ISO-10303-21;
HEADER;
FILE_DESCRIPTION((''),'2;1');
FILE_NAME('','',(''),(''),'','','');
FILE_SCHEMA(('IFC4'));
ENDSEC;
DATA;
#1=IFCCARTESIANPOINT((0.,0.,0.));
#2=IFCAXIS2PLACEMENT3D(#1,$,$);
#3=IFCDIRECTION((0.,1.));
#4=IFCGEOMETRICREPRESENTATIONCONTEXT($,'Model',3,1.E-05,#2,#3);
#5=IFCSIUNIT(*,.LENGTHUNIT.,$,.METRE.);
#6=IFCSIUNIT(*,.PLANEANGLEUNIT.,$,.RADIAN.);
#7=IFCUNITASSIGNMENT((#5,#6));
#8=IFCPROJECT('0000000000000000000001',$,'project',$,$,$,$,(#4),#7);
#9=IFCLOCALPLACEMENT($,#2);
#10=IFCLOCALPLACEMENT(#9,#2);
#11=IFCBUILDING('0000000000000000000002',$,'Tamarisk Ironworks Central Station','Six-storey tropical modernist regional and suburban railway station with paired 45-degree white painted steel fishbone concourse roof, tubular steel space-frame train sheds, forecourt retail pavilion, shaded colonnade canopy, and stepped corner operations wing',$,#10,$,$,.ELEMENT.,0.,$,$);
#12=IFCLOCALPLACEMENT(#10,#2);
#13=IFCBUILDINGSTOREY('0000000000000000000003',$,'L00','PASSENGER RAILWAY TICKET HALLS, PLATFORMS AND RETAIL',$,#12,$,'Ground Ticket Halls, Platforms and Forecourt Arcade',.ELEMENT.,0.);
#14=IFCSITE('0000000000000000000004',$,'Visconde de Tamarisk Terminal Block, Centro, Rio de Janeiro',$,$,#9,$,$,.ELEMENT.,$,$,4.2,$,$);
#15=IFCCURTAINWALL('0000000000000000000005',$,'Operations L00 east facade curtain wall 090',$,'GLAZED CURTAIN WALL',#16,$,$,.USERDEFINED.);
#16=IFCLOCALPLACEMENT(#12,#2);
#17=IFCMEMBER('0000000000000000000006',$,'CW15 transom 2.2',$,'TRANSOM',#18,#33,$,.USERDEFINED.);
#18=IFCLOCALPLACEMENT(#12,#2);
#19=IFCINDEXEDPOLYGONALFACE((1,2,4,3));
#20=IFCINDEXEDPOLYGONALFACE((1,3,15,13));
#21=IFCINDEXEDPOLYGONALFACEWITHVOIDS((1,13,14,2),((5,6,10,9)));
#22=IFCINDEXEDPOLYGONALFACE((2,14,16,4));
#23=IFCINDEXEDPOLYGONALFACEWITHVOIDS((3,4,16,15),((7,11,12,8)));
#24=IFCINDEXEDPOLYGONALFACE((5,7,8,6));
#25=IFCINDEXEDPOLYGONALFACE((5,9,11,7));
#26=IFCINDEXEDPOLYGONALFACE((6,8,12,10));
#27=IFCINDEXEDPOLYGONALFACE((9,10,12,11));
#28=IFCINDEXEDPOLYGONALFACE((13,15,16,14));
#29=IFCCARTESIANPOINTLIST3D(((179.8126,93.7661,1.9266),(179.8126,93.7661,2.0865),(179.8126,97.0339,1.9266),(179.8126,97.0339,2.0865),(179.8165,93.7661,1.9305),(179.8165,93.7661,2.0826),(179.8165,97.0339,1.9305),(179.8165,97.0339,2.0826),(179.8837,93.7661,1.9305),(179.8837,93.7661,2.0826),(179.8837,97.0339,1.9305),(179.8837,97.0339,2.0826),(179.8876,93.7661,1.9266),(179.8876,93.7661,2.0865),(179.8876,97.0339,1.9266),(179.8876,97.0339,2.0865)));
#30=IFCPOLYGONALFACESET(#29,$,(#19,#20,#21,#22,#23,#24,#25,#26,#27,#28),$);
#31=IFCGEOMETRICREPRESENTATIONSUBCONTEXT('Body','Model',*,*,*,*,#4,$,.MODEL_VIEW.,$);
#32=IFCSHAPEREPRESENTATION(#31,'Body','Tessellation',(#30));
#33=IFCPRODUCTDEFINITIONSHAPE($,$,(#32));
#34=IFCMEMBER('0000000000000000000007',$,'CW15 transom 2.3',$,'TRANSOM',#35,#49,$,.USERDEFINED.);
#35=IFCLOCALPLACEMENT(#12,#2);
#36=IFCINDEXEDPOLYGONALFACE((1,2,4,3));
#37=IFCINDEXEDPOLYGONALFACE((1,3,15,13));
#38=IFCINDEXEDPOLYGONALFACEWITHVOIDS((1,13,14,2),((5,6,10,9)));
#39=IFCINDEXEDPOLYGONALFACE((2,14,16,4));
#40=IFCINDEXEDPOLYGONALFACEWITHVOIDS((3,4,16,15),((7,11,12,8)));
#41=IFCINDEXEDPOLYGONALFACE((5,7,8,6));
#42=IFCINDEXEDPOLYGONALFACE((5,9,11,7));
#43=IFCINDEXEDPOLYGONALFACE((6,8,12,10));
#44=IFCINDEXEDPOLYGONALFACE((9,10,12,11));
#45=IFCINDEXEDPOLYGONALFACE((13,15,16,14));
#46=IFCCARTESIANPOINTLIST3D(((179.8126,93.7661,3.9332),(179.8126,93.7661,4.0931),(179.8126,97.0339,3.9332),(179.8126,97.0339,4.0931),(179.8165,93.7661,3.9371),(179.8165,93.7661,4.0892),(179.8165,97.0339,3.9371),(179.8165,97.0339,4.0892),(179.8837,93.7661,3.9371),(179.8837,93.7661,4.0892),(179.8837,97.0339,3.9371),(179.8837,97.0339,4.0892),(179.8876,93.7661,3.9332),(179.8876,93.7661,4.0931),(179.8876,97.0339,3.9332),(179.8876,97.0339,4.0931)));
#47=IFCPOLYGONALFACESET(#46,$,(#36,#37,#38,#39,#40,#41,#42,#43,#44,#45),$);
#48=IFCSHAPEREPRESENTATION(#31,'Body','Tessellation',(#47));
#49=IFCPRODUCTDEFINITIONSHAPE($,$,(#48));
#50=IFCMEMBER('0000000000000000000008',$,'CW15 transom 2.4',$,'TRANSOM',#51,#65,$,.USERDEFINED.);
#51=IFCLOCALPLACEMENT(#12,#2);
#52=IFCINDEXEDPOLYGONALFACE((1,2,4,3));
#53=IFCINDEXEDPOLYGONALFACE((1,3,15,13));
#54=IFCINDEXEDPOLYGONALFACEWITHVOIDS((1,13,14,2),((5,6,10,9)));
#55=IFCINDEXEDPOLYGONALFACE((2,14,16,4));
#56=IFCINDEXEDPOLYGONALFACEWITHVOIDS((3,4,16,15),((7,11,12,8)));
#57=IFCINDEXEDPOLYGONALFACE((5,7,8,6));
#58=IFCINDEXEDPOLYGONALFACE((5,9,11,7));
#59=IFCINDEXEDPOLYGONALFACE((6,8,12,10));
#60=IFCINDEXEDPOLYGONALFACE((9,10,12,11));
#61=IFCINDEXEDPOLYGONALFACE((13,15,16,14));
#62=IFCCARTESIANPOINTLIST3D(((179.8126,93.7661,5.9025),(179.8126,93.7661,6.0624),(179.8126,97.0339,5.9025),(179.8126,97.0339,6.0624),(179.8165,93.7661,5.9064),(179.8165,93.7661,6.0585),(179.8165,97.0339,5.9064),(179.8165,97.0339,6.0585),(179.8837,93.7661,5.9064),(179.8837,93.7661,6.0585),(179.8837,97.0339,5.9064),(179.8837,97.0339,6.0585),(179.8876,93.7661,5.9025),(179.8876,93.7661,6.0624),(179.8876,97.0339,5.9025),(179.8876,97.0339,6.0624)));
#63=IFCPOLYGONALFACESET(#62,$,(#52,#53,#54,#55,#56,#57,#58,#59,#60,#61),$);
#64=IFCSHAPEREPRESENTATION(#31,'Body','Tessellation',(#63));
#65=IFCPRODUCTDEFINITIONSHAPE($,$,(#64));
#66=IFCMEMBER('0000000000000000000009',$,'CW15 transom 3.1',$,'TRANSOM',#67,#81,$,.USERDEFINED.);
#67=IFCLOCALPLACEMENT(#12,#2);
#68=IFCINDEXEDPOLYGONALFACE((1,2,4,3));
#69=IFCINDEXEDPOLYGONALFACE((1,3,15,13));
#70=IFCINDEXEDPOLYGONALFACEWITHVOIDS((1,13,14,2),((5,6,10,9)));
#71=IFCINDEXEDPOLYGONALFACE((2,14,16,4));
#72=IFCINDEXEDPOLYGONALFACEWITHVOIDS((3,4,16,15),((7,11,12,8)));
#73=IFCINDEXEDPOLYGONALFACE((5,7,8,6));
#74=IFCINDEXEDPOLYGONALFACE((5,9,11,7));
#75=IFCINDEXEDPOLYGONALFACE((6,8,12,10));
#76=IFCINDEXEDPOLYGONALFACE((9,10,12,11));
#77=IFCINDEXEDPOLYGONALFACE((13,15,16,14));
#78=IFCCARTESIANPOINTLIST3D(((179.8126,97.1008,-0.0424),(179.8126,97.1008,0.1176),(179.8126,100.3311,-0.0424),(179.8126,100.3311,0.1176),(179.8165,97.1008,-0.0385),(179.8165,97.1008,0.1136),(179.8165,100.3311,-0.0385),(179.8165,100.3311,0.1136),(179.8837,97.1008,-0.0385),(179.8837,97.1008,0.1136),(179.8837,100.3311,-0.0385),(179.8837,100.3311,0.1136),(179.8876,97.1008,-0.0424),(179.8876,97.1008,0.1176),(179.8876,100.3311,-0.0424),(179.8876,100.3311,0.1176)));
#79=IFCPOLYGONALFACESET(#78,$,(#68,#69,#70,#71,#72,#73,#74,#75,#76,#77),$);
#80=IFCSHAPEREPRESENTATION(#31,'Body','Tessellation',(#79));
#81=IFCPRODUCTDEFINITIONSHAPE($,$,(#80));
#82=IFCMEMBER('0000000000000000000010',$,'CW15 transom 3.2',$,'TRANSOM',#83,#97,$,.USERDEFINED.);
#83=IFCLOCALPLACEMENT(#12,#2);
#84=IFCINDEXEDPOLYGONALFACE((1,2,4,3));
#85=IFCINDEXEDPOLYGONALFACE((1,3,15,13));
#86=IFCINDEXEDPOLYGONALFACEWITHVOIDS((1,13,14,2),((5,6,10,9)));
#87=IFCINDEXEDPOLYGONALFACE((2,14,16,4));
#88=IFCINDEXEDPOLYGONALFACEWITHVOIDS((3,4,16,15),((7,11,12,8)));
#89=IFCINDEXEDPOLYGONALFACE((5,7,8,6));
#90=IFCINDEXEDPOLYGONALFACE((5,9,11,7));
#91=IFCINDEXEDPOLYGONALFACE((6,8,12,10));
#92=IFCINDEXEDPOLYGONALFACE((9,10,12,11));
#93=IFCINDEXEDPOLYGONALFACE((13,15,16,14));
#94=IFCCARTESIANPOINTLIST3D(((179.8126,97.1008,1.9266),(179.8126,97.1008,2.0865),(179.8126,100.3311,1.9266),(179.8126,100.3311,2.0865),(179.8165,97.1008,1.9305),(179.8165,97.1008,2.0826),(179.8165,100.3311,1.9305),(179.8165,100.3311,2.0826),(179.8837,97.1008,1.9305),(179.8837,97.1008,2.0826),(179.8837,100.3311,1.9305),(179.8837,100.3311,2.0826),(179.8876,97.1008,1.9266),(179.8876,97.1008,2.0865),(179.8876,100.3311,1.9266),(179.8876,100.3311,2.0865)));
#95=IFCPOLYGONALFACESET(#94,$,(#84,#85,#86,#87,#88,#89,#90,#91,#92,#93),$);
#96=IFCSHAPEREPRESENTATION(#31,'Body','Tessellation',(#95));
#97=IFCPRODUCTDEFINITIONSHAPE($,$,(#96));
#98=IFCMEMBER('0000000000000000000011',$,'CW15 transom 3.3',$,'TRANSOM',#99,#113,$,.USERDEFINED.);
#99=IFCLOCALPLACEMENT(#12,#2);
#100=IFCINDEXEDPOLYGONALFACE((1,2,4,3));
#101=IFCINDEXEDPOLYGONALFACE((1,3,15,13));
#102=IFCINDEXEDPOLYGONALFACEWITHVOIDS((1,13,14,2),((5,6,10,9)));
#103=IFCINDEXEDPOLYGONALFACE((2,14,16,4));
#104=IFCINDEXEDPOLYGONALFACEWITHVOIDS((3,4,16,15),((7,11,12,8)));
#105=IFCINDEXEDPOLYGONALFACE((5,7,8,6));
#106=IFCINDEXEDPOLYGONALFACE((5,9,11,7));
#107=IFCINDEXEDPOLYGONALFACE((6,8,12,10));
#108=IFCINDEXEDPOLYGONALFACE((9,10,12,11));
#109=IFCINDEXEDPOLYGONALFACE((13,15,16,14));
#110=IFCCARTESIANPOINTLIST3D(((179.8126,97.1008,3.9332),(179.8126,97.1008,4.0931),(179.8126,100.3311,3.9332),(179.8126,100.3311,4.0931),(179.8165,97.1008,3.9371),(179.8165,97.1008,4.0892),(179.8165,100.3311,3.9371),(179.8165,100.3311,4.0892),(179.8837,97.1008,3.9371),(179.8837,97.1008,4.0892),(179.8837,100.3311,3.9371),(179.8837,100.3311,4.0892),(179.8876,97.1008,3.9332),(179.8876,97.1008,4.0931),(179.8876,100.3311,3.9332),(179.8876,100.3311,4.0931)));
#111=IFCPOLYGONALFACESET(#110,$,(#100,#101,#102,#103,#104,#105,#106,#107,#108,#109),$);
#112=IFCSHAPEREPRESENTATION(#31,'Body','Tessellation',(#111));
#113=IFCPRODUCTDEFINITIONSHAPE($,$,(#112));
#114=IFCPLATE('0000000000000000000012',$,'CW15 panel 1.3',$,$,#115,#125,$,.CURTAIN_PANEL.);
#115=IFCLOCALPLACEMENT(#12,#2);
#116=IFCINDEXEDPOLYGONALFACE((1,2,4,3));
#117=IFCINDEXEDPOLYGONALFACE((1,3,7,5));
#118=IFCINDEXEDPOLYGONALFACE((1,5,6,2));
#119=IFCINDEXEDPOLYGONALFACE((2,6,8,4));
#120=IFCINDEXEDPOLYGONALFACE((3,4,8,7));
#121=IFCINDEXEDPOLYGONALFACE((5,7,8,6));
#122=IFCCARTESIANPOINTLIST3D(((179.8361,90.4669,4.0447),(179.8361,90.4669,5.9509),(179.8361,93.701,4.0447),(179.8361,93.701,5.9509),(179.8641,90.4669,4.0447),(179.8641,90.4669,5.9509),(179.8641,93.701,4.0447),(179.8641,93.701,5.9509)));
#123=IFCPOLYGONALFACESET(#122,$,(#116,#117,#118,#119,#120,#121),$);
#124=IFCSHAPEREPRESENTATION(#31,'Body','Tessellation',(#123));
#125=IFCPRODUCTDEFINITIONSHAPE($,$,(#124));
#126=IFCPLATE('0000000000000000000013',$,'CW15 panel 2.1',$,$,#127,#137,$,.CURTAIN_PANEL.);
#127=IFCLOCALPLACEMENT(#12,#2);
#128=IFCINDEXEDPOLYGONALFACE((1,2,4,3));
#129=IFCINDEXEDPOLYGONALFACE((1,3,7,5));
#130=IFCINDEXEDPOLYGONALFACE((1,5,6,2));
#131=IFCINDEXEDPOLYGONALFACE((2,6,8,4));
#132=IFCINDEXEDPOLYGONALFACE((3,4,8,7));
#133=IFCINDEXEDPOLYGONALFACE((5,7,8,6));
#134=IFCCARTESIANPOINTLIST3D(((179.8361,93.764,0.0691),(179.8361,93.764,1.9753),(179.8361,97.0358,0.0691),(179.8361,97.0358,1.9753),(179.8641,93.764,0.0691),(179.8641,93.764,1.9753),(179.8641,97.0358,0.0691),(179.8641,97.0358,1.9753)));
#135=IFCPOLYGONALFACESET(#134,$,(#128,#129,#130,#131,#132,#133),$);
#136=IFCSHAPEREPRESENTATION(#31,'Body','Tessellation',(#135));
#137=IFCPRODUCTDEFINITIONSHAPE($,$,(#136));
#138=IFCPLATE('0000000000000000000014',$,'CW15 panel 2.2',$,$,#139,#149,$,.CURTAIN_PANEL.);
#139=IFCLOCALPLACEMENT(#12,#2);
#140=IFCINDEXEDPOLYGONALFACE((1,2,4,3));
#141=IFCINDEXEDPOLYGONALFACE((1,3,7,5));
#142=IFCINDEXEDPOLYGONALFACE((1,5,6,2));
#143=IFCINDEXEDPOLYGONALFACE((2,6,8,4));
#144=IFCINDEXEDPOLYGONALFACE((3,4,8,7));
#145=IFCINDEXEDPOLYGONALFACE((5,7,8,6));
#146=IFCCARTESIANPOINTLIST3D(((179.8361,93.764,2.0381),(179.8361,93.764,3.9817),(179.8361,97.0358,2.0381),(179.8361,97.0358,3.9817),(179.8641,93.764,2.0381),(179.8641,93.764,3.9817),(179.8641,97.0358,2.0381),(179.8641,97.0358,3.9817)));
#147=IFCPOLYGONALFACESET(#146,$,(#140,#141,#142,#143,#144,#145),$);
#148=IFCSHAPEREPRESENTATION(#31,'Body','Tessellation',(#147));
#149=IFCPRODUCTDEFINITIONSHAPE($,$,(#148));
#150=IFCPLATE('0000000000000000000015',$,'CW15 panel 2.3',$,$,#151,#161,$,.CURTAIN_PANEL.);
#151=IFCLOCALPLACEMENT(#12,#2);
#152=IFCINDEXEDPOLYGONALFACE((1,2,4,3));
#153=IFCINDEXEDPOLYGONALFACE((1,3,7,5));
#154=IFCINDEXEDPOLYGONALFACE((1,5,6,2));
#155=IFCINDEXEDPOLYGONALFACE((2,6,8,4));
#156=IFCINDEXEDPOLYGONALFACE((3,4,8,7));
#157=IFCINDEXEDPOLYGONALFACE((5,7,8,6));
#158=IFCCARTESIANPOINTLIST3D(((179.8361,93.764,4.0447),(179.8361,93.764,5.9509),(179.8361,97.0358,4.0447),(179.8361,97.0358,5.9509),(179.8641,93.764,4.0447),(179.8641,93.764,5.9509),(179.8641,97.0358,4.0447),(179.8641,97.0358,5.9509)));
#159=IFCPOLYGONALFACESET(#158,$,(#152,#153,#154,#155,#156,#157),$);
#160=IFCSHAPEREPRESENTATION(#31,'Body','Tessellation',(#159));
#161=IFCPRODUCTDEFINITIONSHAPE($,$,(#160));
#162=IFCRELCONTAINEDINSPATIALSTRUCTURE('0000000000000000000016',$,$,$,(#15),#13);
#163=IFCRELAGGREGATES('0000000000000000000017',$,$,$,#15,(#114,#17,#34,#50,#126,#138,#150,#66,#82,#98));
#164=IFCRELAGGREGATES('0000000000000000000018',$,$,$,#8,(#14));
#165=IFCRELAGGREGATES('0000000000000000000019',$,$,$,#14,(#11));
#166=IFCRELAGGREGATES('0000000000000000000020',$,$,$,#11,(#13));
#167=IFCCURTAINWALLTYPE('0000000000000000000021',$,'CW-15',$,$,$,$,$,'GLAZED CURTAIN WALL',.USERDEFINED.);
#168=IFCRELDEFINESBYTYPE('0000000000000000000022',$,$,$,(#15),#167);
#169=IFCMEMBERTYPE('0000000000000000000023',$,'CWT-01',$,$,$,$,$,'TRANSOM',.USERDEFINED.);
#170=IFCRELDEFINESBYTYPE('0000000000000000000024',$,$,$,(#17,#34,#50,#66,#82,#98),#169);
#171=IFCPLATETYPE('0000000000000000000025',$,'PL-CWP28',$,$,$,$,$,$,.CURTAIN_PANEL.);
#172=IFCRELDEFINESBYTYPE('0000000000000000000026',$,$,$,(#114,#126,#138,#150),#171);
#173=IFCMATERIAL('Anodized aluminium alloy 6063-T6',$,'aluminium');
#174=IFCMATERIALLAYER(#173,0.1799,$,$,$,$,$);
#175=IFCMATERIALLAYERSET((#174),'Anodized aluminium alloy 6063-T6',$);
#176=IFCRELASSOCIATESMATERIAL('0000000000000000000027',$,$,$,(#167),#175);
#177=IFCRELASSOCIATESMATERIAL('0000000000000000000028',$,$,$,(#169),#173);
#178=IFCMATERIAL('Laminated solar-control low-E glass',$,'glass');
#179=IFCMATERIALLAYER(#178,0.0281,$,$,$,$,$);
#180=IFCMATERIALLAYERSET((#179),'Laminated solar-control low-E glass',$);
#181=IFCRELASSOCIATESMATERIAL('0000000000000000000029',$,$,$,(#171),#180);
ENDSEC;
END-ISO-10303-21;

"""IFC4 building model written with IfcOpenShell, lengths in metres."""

from ifc_helpers import new_model, si_unit, direction, frame, origin, origin_2d, place, context, subcontext, project, spatial, rectangle, hollow_rectangle, extrude, material, layer, layer_set, material_profile, profile_set, type_object, element, aggregate, save


model = new_model("IFC4")

# Units and contexts
model_context = context("Model", 3, precision=1e-05, world=origin(), true_north=direction((0.0, 1.0)))
body_context = subcontext(model_context, "Body", "Model", "MODEL_VIEW")
ifc_project = project(units=[si_unit("LENGTHUNIT", "METRE"), si_unit("PLANEANGLEUNIT", "RADIAN")], contexts=[model_context])

# Site, building, storey
site_placement = place(None, origin())
site = spatial("IfcSite", under=ifc_project, at=site_placement, Name="Visconde de Tamarisk Terminal Block, Centro, Rio de Janeiro", CompositionType="ELEMENT", RefElevation=4.2)
building_placement = place(site_placement, origin())
building = spatial("IfcBuilding", under=site, at=building_placement, Name="Tamarisk Ironworks Central Station", Description="Six-storey tropical modernist regional and suburban railway station with paired 45-degree white painted steel fishbone concourse roof, tubular steel space-frame train sheds, forecourt retail pavilion, shaded colonnade canopy, and stepped corner operations wing", CompositionType="ELEMENT", ElevationOfRefHeight=0.0)
storey_placement = place(building_placement, origin())
storey = spatial("IfcBuildingStorey", under=building, at=storey_placement, Name="L00", Description="PASSENGER RAILWAY TICKET HALLS, PLATFORMS AND RETAIL", LongName="Ground Ticket Halls, Platforms and Forecourt Arcade", CompositionType="ELEMENT", Elevation=0.0)

# Curtain wall, members, plates
ifc_material_1 = material(Name="Anodized aluminium alloy 6063-T6", Category="aluminium")
ifc_layer_1 = layer(ifc_material_1, 0.1799)
ifc_layer_set_1 = layer_set([ifc_layer_1], Name="Anodized aluminium alloy 6063-T6")
curtain_wall_type = type_object("IfcCurtainWallType", Name="CW-15", ElementType="GLAZED CURTAIN WALL", PredefinedType="USERDEFINED", material=ifc_layer_set_1)
curtain_wall_placement = place(storey_placement, origin())
curtain_wall = element("IfcCurtainWall", 1, at=curtain_wall_placement, inside=storey, type_object=curtain_wall_type, Name="Operations L00 east facade curtain wall 090", ObjectType="GLAZED CURTAIN WALL", PredefinedType="USERDEFINED")
ifc_material_profile_1 = material_profile(ifc_material_1, hollow_rectangle(XDim=0.075, YDim=0.1599, WallThickness=0.0039, at=origin_2d()), Name="ALUM 160x75")
ifc_profile_set_1 = profile_set([ifc_material_profile_1], Name="Anodized aluminium alloy 6063-T6")
member_type_1 = type_object("IfcMemberType", Name="CWT-01", ElementType="TRANSOM", PredefinedType="USERDEFINED", material=ifc_profile_set_1)
member_1_placement = place(storey_placement, frame((179.8501, 93.7661, 2.0066), z_axis=(0.0, 1.0, 0.0), x_axis=(-1.0, 0.0, 0.0)))
member_1 = element("IfcMember", 2, at=member_1_placement, type_object=member_type_1, Name="CW15 transom 2.2", ObjectType="TRANSOM", PredefinedType="USERDEFINED", context=body_context, shape_type="SweptSolid", body=[
    extrude(hollow_rectangle(XDim=0.075, YDim=0.1599, WallThickness=0.0039, at=origin_2d()), origin(), (0.0, 0.0, 1.0), 3.2678),
])
member_2_placement = place(storey_placement, frame((179.8501, 93.7661, 4.0132), z_axis=(0.0, 1.0, 0.0), x_axis=(-1.0, 0.0, 0.0)))
member_2 = element("IfcMember", 3, at=member_2_placement, type_object=member_type_1, Name="CW15 transom 2.3", ObjectType="TRANSOM", PredefinedType="USERDEFINED", context=body_context, shape_type="SweptSolid", body=[
    extrude(hollow_rectangle(XDim=0.075, YDim=0.1599, WallThickness=0.0039, at=origin_2d()), origin(), (0.0, 0.0, 1.0), 3.2678),
])
member_3_placement = place(storey_placement, frame((179.8501, 93.7661, 5.9824), z_axis=(0.0, 1.0, 0.0), x_axis=(-1.0, 0.0, 0.0)))
member_3 = element("IfcMember", 4, at=member_3_placement, type_object=member_type_1, Name="CW15 transom 2.4", ObjectType="TRANSOM", PredefinedType="USERDEFINED", context=body_context, shape_type="SweptSolid", body=[
    extrude(hollow_rectangle(XDim=0.075, YDim=0.1599, WallThickness=0.0039, at=origin_2d()), origin(), (0.0, 0.0, 1.0), 3.2678),
])
member_4_placement = place(storey_placement, frame((179.8501, 97.1008, 0.0376), z_axis=(0.0, 1.0, 0.0), x_axis=(-1.0, 0.0, 0.0)))
member_4 = element("IfcMember", 5, at=member_4_placement, type_object=member_type_1, Name="CW15 transom 3.1", ObjectType="TRANSOM", PredefinedType="USERDEFINED", context=body_context, shape_type="SweptSolid", body=[
    extrude(hollow_rectangle(XDim=0.075, YDim=0.1599, WallThickness=0.0039, at=origin_2d()), origin(), (0.0, 0.0, 1.0), 3.2302),
])
member_5_placement = place(storey_placement, frame((179.8501, 97.1008, 2.0066), z_axis=(0.0, 1.0, 0.0), x_axis=(-1.0, 0.0, 0.0)))
member_5 = element("IfcMember", 6, at=member_5_placement, type_object=member_type_1, Name="CW15 transom 3.2", ObjectType="TRANSOM", PredefinedType="USERDEFINED", context=body_context, shape_type="SweptSolid", body=[
    extrude(hollow_rectangle(XDim=0.075, YDim=0.1599, WallThickness=0.0039, at=origin_2d()), origin(), (0.0, 0.0, 1.0), 3.2302),
])
member_6_placement = place(storey_placement, frame((179.8501, 97.1008, 4.0132), z_axis=(0.0, 1.0, 0.0), x_axis=(-1.0, 0.0, 0.0)))
member_6 = element("IfcMember", 7, at=member_6_placement, type_object=member_type_1, Name="CW15 transom 3.3", ObjectType="TRANSOM", PredefinedType="USERDEFINED", context=body_context, shape_type="SweptSolid", body=[
    extrude(hollow_rectangle(XDim=0.075, YDim=0.1599, WallThickness=0.0039, at=origin_2d()), origin(), (0.0, 0.0, 1.0), 3.2302),
])
ifc_material_2 = material(Name="Laminated solar-control low-E glass", Category="glass")
ifc_layer_2 = layer(ifc_material_2, 0.0281)
ifc_layer_set_2 = layer_set([ifc_layer_2], Name="Laminated solar-control low-E glass")
plate_type = type_object("IfcPlateType", Name="PL-CWP28", PredefinedType="CURTAIN_PANEL", material=ifc_layer_set_2)
plate_1_placement = place(storey_placement, frame((179.8501, 92.084, 4.0447), z_axis=(0.0, 0.0, 1.0), x_axis=(0.0, 1.0, 0.0)))
plate_1 = element("IfcPlate", 8, at=plate_1_placement, type_object=plate_type, Name="CW15 panel 1.3", PredefinedType="CURTAIN_PANEL", context=body_context, shape_type="SweptSolid", body=[
    extrude(rectangle(XDim=3.2341, YDim=0.0281, at=origin_2d()), origin(), (0.0, 0.0, 1.0), 1.9062),
])
plate_2_placement = place(storey_placement, frame((179.8501, 95.3999, 0.0691), z_axis=(0.0, 0.0, 1.0), x_axis=(0.0, 1.0, 0.0)))
plate_2 = element("IfcPlate", 9, at=plate_2_placement, type_object=plate_type, Name="CW15 panel 2.1", PredefinedType="CURTAIN_PANEL", context=body_context, shape_type="SweptSolid", body=[
    extrude(rectangle(XDim=3.2717, YDim=0.0281, at=origin_2d()), origin(), (0.0, 0.0, 1.0), 1.9062),
])
plate_3_placement = place(storey_placement, frame((179.8501, 95.3999, 2.0381), z_axis=(0.0, 0.0, 1.0), x_axis=(0.0, 1.0, 0.0)))
plate_3 = element("IfcPlate", 10, at=plate_3_placement, type_object=plate_type, Name="CW15 panel 2.2", PredefinedType="CURTAIN_PANEL", context=body_context, shape_type="SweptSolid", body=[
    extrude(rectangle(XDim=3.2717, YDim=0.0281, at=origin_2d()), origin(), (0.0, 0.0, 1.0), 1.9436),
])
plate_4_placement = place(storey_placement, frame((179.8501, 95.3999, 4.0447), z_axis=(0.0, 0.0, 1.0), x_axis=(0.0, 1.0, 0.0)))
plate_4 = element("IfcPlate", 11, at=plate_4_placement, type_object=plate_type, Name="CW15 panel 2.3", PredefinedType="CURTAIN_PANEL", context=body_context, shape_type="SweptSolid", body=[
    extrude(rectangle(XDim=3.2717, YDim=0.0281, at=origin_2d()), origin(), (0.0, 0.0, 1.0), 1.9062),
])
aggregate(curtain_wall, [plate_1, member_1, member_2, member_3, plate_2, plate_3, plate_4, member_4, member_5, member_6])

save(model, "model.ifc")
